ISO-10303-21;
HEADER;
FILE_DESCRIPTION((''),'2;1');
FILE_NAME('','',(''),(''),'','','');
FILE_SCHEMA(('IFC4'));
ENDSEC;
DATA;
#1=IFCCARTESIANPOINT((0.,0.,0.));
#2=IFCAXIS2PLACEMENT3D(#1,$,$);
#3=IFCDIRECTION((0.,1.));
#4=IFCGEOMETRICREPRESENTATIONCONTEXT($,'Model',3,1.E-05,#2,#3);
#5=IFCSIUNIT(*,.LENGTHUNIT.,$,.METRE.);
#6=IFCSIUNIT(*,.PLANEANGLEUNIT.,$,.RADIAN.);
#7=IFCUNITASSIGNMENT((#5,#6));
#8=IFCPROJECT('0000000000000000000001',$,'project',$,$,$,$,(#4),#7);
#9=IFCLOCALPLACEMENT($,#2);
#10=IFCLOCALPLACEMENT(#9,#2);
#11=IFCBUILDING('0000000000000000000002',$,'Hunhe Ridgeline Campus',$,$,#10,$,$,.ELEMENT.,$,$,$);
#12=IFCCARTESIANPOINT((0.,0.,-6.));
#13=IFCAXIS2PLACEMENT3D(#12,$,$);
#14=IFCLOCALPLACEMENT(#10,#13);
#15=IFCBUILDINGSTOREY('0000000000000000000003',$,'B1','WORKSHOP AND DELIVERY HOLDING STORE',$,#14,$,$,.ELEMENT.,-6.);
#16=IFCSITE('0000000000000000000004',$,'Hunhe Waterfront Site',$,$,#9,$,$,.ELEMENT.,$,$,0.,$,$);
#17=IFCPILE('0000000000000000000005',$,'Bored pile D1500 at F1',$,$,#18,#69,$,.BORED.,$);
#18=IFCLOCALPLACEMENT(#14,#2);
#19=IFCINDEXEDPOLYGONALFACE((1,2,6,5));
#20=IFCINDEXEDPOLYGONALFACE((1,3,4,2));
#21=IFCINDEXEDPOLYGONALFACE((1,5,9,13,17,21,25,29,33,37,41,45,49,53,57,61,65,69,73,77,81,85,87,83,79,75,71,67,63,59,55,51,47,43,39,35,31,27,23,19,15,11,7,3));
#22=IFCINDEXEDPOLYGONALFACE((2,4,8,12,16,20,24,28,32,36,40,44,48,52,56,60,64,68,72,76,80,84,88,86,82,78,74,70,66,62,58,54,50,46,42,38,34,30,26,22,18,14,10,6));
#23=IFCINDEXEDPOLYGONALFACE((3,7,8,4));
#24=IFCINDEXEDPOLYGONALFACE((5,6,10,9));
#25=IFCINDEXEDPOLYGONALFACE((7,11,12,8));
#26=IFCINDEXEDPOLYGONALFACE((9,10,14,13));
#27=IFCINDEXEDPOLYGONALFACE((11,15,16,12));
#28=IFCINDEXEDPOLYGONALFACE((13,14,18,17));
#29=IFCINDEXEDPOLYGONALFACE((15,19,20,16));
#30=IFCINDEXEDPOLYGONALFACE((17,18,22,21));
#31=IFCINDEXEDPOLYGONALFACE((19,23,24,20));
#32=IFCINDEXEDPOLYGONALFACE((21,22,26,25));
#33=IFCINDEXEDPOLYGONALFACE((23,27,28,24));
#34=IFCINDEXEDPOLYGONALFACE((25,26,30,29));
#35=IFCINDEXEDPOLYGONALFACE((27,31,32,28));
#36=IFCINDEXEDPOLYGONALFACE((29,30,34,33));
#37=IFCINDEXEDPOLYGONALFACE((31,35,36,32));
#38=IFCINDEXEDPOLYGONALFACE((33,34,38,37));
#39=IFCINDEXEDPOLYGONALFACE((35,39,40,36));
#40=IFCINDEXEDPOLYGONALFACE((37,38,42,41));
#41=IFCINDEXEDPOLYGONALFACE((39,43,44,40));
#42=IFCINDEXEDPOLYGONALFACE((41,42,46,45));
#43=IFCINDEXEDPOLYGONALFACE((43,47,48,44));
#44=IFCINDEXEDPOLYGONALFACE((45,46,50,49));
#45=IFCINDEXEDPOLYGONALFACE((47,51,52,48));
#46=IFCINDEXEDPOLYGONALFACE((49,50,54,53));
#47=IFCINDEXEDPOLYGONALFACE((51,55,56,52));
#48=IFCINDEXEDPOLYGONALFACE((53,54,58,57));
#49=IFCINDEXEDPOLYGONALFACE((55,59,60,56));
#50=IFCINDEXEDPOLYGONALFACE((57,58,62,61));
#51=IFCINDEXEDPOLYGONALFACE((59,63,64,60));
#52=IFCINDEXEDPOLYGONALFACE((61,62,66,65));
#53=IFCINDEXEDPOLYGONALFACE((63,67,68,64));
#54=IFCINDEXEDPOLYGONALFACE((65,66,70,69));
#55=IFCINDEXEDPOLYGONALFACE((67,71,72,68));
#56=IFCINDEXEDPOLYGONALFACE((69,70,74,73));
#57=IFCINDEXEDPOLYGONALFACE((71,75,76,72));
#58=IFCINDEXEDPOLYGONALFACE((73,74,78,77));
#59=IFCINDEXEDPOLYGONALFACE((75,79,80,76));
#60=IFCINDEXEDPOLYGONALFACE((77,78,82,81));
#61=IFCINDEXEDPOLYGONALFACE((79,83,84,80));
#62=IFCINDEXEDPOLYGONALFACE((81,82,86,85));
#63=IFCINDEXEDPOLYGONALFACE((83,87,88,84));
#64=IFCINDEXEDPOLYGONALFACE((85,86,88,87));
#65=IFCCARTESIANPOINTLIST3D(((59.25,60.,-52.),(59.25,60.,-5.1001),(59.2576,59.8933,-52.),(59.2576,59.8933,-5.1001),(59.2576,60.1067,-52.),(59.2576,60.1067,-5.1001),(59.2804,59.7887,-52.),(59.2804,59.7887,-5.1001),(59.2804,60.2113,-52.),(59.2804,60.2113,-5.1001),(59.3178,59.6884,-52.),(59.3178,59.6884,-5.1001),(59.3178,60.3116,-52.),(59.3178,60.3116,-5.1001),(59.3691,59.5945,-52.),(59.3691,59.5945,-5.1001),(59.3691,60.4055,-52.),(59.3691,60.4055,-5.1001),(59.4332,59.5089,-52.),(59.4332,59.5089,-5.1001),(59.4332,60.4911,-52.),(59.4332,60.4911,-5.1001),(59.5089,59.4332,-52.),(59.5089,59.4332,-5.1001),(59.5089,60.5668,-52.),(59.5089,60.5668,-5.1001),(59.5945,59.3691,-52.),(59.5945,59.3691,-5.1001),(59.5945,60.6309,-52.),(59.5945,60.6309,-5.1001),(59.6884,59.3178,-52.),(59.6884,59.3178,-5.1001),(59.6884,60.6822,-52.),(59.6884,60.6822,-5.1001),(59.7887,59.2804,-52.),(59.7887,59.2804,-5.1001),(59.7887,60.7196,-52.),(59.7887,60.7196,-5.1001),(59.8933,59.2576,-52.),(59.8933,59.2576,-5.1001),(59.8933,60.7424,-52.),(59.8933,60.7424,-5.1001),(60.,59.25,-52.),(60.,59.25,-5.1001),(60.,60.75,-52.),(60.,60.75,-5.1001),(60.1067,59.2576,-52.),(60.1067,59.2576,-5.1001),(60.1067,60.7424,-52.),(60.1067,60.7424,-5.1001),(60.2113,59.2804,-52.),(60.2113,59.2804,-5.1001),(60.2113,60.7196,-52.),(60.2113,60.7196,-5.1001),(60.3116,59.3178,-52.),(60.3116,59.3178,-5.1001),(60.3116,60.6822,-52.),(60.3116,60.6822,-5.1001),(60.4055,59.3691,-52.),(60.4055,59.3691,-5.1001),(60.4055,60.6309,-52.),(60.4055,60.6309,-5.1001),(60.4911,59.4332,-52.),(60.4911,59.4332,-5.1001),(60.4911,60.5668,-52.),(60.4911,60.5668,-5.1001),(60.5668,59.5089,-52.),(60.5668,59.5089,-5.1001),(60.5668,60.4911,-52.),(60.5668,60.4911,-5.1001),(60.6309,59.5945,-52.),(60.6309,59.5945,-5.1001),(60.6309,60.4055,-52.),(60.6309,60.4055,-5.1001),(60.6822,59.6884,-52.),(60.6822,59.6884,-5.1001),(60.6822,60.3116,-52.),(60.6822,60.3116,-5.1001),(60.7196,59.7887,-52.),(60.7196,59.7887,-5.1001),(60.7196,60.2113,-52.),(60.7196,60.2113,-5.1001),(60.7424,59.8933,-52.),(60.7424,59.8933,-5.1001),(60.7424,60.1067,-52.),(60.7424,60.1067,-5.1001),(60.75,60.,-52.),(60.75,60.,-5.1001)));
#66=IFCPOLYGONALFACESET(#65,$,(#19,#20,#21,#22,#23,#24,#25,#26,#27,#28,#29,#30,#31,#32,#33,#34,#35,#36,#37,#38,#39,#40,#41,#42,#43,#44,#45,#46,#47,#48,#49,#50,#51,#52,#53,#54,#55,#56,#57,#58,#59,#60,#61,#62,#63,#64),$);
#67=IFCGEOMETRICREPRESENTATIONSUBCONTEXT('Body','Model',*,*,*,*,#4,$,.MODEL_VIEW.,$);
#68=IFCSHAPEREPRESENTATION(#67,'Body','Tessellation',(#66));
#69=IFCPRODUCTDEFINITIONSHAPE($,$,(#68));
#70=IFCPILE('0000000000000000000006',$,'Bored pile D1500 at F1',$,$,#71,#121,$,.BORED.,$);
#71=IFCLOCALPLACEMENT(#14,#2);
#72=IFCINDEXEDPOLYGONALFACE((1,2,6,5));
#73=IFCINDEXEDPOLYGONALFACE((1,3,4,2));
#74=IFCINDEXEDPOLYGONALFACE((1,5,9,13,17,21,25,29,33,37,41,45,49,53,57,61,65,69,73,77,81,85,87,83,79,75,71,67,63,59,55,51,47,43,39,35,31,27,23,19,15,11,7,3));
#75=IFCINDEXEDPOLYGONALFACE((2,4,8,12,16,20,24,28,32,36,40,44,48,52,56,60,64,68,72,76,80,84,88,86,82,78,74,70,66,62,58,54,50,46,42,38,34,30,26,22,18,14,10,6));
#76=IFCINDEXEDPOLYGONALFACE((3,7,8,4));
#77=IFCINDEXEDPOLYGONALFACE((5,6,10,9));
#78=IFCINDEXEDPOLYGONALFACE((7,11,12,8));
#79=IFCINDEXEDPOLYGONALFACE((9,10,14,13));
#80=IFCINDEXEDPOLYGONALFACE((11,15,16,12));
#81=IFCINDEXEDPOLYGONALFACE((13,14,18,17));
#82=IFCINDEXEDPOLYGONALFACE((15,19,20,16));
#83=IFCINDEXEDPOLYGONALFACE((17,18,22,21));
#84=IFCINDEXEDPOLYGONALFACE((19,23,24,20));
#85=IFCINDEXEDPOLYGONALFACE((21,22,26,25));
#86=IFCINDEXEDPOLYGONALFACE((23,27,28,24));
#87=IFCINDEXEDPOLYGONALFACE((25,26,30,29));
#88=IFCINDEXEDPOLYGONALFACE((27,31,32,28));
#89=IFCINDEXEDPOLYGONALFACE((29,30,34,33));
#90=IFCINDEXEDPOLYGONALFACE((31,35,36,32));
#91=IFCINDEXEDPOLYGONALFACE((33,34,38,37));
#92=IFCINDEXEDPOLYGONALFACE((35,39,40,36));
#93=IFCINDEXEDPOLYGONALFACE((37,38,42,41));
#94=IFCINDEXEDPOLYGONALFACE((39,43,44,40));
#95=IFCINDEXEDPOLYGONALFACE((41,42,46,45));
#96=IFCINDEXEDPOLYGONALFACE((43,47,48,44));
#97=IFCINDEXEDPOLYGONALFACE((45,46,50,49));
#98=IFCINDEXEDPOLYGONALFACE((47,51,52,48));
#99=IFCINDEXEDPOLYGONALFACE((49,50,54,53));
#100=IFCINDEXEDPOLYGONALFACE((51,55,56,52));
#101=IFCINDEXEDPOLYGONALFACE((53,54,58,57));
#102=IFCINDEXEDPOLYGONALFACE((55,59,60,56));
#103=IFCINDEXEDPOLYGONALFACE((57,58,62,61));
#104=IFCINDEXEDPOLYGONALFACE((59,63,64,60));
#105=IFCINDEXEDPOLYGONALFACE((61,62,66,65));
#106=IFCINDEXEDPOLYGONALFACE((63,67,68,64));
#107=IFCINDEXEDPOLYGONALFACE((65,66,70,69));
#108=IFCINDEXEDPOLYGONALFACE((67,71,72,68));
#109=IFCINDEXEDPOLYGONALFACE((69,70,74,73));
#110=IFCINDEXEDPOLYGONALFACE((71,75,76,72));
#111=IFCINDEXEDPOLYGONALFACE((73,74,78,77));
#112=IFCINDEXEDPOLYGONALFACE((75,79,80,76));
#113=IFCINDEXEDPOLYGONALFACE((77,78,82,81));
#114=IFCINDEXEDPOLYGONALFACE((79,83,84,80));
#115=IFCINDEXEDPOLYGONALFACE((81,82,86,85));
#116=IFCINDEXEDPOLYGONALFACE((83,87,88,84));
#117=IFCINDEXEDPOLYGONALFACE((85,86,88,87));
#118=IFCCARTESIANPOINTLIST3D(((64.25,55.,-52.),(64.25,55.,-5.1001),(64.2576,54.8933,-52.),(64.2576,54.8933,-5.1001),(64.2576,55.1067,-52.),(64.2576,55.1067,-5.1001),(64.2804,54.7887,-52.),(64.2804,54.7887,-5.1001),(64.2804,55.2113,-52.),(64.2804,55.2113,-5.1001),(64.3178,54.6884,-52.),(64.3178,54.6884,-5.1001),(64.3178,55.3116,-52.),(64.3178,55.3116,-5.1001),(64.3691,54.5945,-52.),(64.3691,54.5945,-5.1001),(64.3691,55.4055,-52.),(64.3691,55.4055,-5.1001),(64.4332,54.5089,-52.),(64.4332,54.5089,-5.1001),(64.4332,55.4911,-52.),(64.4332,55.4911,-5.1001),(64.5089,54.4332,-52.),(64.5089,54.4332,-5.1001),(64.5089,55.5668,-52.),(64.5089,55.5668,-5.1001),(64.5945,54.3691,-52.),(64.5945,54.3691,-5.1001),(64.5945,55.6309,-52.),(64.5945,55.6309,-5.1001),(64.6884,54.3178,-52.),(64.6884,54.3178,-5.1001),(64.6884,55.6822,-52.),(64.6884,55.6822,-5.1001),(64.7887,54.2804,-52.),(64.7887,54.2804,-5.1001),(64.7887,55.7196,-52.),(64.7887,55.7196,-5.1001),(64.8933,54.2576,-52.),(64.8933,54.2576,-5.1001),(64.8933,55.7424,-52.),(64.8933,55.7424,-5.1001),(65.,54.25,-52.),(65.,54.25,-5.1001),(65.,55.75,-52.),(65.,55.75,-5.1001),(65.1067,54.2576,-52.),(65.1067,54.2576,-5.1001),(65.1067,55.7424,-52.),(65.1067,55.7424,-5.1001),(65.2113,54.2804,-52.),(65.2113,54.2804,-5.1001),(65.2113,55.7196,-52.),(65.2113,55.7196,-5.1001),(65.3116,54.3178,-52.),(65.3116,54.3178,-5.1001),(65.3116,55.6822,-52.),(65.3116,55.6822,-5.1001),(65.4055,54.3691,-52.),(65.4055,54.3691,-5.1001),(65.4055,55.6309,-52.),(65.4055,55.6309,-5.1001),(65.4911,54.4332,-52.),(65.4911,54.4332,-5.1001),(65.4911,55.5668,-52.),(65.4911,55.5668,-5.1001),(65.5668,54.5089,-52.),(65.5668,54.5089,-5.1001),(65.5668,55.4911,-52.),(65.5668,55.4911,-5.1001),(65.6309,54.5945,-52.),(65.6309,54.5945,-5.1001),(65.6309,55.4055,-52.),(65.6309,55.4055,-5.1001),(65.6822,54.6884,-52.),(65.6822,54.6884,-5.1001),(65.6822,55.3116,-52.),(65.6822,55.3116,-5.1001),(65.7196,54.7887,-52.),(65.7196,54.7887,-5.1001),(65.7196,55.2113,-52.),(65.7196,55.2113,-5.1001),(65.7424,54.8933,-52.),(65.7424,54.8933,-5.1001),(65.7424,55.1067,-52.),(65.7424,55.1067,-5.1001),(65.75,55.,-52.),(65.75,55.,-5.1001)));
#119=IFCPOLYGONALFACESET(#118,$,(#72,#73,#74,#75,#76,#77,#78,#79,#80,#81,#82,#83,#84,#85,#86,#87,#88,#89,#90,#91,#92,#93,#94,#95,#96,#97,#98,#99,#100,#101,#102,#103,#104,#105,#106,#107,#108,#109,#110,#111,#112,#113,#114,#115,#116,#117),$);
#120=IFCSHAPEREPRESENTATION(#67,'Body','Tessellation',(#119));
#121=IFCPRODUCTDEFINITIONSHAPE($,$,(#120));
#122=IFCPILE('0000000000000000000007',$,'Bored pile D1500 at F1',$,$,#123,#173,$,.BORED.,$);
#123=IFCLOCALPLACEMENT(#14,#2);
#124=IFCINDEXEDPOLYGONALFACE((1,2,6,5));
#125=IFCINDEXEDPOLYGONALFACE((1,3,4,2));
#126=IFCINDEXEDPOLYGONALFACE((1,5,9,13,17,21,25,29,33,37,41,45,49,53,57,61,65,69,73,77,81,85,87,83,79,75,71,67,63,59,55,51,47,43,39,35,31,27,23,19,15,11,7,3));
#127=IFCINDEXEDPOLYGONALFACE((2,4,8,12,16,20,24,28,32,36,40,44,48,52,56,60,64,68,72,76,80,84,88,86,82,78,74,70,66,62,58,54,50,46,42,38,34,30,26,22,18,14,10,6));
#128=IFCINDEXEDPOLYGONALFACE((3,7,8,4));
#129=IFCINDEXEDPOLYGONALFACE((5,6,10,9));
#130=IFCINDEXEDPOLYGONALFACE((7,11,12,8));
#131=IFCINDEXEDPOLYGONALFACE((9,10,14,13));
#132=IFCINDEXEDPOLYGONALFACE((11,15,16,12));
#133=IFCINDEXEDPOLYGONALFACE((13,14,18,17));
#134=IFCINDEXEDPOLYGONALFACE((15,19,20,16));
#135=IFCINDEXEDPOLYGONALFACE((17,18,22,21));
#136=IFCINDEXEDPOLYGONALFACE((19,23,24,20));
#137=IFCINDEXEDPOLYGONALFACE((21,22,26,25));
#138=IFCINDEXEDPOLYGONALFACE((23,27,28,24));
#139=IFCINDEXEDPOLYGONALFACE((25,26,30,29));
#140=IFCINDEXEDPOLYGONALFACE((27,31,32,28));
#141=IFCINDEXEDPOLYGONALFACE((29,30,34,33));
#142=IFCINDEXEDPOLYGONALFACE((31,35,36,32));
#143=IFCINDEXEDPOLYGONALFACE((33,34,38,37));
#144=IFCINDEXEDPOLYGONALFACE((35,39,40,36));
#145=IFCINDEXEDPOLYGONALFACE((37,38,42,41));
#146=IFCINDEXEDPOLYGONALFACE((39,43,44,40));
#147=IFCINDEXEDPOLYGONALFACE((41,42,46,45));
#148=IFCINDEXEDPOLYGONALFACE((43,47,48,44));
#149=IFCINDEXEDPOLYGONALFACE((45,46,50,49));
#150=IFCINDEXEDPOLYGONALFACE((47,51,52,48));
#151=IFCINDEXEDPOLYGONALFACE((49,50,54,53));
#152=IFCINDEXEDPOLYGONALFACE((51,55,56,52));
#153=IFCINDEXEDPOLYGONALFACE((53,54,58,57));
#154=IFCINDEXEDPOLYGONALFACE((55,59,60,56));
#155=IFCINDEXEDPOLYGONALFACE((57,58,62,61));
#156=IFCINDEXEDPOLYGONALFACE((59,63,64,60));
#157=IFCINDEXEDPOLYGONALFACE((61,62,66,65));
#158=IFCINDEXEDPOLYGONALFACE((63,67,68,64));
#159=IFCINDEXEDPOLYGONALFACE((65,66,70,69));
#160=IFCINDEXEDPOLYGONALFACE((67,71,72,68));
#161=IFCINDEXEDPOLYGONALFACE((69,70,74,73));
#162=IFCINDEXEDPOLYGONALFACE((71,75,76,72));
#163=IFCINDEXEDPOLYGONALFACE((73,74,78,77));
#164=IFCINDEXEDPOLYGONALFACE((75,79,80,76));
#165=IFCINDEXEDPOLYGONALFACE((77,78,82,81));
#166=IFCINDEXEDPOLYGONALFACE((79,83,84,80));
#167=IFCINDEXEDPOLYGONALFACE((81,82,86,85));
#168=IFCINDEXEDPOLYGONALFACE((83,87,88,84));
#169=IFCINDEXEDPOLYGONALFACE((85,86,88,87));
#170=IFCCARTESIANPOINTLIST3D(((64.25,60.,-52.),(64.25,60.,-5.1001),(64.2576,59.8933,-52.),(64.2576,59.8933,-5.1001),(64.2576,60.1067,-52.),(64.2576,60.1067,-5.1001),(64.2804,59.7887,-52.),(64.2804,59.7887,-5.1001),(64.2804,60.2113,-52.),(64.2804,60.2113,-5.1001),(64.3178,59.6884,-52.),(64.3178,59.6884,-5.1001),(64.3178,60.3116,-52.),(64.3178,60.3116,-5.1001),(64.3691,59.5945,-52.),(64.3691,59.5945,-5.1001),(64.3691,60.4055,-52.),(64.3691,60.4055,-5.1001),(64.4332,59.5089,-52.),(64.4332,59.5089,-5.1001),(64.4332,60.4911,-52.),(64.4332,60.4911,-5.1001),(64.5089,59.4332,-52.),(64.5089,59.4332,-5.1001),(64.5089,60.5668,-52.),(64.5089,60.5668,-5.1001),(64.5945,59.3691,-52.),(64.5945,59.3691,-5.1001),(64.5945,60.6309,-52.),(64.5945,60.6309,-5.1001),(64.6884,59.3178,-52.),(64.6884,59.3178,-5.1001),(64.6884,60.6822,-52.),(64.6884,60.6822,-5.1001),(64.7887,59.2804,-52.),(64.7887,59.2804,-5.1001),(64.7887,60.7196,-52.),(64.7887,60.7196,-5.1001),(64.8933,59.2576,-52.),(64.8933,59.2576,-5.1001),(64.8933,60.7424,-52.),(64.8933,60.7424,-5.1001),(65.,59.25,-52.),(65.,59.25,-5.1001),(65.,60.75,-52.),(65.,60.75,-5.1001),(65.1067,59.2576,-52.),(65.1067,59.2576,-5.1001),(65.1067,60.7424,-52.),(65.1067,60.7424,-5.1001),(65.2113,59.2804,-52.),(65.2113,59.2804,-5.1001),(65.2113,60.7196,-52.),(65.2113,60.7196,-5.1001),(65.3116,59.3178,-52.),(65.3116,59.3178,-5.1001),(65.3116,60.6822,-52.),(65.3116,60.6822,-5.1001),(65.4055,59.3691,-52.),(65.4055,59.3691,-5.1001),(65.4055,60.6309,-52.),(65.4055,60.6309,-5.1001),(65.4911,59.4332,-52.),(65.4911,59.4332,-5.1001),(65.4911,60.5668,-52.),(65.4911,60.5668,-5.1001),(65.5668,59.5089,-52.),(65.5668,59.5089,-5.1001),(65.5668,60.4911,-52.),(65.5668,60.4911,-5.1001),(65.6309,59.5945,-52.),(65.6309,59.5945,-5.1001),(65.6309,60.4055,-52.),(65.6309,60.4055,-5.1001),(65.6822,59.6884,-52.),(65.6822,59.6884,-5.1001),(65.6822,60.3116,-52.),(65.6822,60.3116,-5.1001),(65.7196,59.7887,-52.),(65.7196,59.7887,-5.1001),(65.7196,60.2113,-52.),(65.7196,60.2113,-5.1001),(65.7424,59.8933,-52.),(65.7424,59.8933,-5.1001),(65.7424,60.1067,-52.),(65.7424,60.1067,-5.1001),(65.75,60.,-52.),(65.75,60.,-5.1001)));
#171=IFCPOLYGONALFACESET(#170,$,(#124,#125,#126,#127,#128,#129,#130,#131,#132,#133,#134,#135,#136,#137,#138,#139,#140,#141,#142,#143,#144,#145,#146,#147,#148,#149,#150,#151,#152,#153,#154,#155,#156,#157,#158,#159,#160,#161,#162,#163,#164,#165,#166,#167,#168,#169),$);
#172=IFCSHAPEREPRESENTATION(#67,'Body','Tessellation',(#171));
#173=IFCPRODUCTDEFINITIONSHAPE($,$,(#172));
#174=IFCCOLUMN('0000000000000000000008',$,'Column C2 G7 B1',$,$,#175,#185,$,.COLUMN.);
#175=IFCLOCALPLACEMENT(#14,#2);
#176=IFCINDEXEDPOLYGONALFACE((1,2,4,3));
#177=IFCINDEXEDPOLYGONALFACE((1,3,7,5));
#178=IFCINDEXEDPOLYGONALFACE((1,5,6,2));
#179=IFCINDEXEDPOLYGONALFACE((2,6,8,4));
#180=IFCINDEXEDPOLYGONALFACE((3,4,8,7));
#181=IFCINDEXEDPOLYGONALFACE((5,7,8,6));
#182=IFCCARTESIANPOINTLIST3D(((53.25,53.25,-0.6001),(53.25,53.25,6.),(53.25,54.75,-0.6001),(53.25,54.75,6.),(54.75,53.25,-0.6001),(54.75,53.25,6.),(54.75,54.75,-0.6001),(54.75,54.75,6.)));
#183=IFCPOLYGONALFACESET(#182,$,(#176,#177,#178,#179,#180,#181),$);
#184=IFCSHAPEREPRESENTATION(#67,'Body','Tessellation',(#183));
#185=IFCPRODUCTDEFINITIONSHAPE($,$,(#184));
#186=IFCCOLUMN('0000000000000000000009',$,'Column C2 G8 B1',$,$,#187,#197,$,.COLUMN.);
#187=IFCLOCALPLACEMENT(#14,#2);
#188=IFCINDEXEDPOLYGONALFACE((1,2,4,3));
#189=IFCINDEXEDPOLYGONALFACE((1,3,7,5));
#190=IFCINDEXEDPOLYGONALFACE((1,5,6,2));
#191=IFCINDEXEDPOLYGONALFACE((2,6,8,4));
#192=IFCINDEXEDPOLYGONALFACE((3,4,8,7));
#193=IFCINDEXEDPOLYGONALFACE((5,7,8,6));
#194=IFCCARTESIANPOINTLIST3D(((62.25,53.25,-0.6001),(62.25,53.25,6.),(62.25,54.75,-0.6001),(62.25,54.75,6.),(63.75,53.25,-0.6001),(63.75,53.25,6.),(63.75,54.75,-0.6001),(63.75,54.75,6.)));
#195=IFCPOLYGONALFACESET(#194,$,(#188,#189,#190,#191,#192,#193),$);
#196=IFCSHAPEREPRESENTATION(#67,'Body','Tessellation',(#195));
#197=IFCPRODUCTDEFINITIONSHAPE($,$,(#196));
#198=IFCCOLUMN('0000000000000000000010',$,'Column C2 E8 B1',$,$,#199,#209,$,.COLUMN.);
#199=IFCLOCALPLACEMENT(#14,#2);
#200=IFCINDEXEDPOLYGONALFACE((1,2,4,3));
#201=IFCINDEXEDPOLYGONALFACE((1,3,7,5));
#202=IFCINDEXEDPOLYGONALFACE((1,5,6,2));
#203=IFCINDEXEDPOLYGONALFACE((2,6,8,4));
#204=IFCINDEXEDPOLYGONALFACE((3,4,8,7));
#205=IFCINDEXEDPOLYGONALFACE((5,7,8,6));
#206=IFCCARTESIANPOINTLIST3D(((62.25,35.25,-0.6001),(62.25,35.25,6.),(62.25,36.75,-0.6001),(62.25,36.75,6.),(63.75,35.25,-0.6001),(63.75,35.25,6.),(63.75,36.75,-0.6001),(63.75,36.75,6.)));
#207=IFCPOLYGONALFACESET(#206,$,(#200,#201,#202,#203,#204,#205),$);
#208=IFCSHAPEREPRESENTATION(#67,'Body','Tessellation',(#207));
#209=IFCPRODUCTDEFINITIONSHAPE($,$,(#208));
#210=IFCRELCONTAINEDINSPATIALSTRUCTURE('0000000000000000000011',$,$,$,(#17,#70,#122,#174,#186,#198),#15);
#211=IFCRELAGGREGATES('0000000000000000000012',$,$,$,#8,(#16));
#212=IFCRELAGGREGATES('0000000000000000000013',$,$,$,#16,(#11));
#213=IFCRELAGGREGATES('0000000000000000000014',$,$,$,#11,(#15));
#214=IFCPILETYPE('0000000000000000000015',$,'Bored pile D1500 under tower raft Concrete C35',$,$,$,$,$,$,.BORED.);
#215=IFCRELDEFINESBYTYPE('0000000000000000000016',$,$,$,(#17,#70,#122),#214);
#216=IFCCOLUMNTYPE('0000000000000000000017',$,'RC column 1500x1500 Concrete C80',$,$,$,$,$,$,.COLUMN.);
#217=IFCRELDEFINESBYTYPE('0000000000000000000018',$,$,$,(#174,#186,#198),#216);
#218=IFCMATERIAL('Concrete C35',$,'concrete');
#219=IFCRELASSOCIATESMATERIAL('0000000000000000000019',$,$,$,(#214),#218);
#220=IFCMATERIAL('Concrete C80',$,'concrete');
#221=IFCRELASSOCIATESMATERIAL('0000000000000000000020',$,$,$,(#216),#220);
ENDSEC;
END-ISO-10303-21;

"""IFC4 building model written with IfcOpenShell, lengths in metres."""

from ifc_helpers import new_model, si_unit, direction, frame, origin, origin_2d, place, context, subcontext, project, spatial, rectangle, circle, extrude, material, material_profile, profile_set, type_object, element, save


model = new_model("IFC4")

# Units and contexts
model_context = context("Model", 3, precision=1e-05, world=origin(), true_north=direction((0.0, 1.0)))
body_context = subcontext(model_context, "Body", "Model", "MODEL_VIEW")
ifc_project = project(units=[si_unit("LENGTHUNIT", "METRE"), si_unit("PLANEANGLEUNIT", "RADIAN")], contexts=[model_context])

# Site, building, storey
site_placement = place(None, origin())
site = spatial("IfcSite", under=ifc_project, at=site_placement, Name="Hunhe Waterfront Site", CompositionType="ELEMENT", RefElevation=0.0)
building_placement = place(site_placement, origin())
building = spatial("IfcBuilding", under=site, at=building_placement, Name="Hunhe Ridgeline Campus", CompositionType="ELEMENT")
storey_placement = place(building_placement, frame((0.0, 0.0, -6.0)))
storey = spatial("IfcBuildingStorey", under=building, at=storey_placement, Name="B1", Description="WORKSHOP AND DELIVERY HOLDING STORE", CompositionType="ELEMENT", Elevation=-6.0)

# Piles
ifc_material_1 = material(Name="Concrete C35", Category="concrete")
ifc_material_profile_1 = material_profile(ifc_material_1, circle(Radius=0.75, at=origin_2d()))
ifc_profile_set_1 = profile_set([ifc_material_profile_1], Name="Concrete C35")
pile_type_1 = type_object("IfcPileType", Name="Bored pile D1500 under tower raft Concrete C35", PredefinedType="BORED", material=ifc_profile_set_1)
for number, where, z_axis, x_axis, name in (
    (1, (60.0, 60.0, -5.1001), (0.0, 0.0, -1.0), (1.0, 0.0, 0.0), "Bored pile D1500 at F1"),
    (2, (65.0, 55.0, -5.1001), (0.0, 0.0, -1.0), (1.0, 0.0, 0.0), "Bored pile D1500 at F1"),
    (3, (65.0, 60.0, -5.1001), (0.0, 0.0, -1.0), (1.0, 0.0, 0.0), "Bored pile D1500 at F1"),
):
    element("IfcPile", number, at=place(storey_placement, frame(where, z_axis=z_axis, x_axis=x_axis)), inside=storey, type_object=pile_type_1, Name=name, PredefinedType="BORED", context=body_context, shape_type="SweptSolid", body=[
        extrude(circle(Radius=0.75, at=origin_2d()), origin(), (0.0, 0.0, 1.0), 46.8999),
    ])

# Columns
ifc_material_2 = material(Name="Concrete C80", Category="concrete")
ifc_material_profile_2 = material_profile(ifc_material_2, rectangle(XDim=1.5, YDim=1.5, at=origin_2d()))
ifc_profile_set_2 = profile_set([ifc_material_profile_2], Name="Concrete C80")
column_type = type_object("IfcColumnType", Name="RC column 1500x1500 Concrete C80", PredefinedType="COLUMN", material=ifc_profile_set_2)
for number, where, z_axis, x_axis, name in (
    (4, (54.0, 54.0, -0.6001), (0.0, 0.0, 1.0), (1.0, 0.0, 0.0), "Column C2 G7 B1"),
    (5, (63.0, 54.0, -0.6001), (0.0, 0.0, 1.0), (1.0, 0.0, 0.0), "Column C2 G8 B1"),
    (6, (63.0, 36.0, -0.6001), (0.0, 0.0, 1.0), (1.0, 0.0, 0.0), "Column C2 E8 B1"),
):
    element("IfcColumn", number, at=place(storey_placement, frame(where, z_axis=z_axis, x_axis=x_axis)), inside=storey, type_object=column_type, Name=name, PredefinedType="COLUMN", context=body_context, shape_type="SweptSolid", body=[
        extrude(rectangle(XDim=1.5, YDim=1.5, at=origin_2d()), origin(), (0.0, 0.0, 1.0), 6.6001),
    ])

save(model, "model.ifc")
